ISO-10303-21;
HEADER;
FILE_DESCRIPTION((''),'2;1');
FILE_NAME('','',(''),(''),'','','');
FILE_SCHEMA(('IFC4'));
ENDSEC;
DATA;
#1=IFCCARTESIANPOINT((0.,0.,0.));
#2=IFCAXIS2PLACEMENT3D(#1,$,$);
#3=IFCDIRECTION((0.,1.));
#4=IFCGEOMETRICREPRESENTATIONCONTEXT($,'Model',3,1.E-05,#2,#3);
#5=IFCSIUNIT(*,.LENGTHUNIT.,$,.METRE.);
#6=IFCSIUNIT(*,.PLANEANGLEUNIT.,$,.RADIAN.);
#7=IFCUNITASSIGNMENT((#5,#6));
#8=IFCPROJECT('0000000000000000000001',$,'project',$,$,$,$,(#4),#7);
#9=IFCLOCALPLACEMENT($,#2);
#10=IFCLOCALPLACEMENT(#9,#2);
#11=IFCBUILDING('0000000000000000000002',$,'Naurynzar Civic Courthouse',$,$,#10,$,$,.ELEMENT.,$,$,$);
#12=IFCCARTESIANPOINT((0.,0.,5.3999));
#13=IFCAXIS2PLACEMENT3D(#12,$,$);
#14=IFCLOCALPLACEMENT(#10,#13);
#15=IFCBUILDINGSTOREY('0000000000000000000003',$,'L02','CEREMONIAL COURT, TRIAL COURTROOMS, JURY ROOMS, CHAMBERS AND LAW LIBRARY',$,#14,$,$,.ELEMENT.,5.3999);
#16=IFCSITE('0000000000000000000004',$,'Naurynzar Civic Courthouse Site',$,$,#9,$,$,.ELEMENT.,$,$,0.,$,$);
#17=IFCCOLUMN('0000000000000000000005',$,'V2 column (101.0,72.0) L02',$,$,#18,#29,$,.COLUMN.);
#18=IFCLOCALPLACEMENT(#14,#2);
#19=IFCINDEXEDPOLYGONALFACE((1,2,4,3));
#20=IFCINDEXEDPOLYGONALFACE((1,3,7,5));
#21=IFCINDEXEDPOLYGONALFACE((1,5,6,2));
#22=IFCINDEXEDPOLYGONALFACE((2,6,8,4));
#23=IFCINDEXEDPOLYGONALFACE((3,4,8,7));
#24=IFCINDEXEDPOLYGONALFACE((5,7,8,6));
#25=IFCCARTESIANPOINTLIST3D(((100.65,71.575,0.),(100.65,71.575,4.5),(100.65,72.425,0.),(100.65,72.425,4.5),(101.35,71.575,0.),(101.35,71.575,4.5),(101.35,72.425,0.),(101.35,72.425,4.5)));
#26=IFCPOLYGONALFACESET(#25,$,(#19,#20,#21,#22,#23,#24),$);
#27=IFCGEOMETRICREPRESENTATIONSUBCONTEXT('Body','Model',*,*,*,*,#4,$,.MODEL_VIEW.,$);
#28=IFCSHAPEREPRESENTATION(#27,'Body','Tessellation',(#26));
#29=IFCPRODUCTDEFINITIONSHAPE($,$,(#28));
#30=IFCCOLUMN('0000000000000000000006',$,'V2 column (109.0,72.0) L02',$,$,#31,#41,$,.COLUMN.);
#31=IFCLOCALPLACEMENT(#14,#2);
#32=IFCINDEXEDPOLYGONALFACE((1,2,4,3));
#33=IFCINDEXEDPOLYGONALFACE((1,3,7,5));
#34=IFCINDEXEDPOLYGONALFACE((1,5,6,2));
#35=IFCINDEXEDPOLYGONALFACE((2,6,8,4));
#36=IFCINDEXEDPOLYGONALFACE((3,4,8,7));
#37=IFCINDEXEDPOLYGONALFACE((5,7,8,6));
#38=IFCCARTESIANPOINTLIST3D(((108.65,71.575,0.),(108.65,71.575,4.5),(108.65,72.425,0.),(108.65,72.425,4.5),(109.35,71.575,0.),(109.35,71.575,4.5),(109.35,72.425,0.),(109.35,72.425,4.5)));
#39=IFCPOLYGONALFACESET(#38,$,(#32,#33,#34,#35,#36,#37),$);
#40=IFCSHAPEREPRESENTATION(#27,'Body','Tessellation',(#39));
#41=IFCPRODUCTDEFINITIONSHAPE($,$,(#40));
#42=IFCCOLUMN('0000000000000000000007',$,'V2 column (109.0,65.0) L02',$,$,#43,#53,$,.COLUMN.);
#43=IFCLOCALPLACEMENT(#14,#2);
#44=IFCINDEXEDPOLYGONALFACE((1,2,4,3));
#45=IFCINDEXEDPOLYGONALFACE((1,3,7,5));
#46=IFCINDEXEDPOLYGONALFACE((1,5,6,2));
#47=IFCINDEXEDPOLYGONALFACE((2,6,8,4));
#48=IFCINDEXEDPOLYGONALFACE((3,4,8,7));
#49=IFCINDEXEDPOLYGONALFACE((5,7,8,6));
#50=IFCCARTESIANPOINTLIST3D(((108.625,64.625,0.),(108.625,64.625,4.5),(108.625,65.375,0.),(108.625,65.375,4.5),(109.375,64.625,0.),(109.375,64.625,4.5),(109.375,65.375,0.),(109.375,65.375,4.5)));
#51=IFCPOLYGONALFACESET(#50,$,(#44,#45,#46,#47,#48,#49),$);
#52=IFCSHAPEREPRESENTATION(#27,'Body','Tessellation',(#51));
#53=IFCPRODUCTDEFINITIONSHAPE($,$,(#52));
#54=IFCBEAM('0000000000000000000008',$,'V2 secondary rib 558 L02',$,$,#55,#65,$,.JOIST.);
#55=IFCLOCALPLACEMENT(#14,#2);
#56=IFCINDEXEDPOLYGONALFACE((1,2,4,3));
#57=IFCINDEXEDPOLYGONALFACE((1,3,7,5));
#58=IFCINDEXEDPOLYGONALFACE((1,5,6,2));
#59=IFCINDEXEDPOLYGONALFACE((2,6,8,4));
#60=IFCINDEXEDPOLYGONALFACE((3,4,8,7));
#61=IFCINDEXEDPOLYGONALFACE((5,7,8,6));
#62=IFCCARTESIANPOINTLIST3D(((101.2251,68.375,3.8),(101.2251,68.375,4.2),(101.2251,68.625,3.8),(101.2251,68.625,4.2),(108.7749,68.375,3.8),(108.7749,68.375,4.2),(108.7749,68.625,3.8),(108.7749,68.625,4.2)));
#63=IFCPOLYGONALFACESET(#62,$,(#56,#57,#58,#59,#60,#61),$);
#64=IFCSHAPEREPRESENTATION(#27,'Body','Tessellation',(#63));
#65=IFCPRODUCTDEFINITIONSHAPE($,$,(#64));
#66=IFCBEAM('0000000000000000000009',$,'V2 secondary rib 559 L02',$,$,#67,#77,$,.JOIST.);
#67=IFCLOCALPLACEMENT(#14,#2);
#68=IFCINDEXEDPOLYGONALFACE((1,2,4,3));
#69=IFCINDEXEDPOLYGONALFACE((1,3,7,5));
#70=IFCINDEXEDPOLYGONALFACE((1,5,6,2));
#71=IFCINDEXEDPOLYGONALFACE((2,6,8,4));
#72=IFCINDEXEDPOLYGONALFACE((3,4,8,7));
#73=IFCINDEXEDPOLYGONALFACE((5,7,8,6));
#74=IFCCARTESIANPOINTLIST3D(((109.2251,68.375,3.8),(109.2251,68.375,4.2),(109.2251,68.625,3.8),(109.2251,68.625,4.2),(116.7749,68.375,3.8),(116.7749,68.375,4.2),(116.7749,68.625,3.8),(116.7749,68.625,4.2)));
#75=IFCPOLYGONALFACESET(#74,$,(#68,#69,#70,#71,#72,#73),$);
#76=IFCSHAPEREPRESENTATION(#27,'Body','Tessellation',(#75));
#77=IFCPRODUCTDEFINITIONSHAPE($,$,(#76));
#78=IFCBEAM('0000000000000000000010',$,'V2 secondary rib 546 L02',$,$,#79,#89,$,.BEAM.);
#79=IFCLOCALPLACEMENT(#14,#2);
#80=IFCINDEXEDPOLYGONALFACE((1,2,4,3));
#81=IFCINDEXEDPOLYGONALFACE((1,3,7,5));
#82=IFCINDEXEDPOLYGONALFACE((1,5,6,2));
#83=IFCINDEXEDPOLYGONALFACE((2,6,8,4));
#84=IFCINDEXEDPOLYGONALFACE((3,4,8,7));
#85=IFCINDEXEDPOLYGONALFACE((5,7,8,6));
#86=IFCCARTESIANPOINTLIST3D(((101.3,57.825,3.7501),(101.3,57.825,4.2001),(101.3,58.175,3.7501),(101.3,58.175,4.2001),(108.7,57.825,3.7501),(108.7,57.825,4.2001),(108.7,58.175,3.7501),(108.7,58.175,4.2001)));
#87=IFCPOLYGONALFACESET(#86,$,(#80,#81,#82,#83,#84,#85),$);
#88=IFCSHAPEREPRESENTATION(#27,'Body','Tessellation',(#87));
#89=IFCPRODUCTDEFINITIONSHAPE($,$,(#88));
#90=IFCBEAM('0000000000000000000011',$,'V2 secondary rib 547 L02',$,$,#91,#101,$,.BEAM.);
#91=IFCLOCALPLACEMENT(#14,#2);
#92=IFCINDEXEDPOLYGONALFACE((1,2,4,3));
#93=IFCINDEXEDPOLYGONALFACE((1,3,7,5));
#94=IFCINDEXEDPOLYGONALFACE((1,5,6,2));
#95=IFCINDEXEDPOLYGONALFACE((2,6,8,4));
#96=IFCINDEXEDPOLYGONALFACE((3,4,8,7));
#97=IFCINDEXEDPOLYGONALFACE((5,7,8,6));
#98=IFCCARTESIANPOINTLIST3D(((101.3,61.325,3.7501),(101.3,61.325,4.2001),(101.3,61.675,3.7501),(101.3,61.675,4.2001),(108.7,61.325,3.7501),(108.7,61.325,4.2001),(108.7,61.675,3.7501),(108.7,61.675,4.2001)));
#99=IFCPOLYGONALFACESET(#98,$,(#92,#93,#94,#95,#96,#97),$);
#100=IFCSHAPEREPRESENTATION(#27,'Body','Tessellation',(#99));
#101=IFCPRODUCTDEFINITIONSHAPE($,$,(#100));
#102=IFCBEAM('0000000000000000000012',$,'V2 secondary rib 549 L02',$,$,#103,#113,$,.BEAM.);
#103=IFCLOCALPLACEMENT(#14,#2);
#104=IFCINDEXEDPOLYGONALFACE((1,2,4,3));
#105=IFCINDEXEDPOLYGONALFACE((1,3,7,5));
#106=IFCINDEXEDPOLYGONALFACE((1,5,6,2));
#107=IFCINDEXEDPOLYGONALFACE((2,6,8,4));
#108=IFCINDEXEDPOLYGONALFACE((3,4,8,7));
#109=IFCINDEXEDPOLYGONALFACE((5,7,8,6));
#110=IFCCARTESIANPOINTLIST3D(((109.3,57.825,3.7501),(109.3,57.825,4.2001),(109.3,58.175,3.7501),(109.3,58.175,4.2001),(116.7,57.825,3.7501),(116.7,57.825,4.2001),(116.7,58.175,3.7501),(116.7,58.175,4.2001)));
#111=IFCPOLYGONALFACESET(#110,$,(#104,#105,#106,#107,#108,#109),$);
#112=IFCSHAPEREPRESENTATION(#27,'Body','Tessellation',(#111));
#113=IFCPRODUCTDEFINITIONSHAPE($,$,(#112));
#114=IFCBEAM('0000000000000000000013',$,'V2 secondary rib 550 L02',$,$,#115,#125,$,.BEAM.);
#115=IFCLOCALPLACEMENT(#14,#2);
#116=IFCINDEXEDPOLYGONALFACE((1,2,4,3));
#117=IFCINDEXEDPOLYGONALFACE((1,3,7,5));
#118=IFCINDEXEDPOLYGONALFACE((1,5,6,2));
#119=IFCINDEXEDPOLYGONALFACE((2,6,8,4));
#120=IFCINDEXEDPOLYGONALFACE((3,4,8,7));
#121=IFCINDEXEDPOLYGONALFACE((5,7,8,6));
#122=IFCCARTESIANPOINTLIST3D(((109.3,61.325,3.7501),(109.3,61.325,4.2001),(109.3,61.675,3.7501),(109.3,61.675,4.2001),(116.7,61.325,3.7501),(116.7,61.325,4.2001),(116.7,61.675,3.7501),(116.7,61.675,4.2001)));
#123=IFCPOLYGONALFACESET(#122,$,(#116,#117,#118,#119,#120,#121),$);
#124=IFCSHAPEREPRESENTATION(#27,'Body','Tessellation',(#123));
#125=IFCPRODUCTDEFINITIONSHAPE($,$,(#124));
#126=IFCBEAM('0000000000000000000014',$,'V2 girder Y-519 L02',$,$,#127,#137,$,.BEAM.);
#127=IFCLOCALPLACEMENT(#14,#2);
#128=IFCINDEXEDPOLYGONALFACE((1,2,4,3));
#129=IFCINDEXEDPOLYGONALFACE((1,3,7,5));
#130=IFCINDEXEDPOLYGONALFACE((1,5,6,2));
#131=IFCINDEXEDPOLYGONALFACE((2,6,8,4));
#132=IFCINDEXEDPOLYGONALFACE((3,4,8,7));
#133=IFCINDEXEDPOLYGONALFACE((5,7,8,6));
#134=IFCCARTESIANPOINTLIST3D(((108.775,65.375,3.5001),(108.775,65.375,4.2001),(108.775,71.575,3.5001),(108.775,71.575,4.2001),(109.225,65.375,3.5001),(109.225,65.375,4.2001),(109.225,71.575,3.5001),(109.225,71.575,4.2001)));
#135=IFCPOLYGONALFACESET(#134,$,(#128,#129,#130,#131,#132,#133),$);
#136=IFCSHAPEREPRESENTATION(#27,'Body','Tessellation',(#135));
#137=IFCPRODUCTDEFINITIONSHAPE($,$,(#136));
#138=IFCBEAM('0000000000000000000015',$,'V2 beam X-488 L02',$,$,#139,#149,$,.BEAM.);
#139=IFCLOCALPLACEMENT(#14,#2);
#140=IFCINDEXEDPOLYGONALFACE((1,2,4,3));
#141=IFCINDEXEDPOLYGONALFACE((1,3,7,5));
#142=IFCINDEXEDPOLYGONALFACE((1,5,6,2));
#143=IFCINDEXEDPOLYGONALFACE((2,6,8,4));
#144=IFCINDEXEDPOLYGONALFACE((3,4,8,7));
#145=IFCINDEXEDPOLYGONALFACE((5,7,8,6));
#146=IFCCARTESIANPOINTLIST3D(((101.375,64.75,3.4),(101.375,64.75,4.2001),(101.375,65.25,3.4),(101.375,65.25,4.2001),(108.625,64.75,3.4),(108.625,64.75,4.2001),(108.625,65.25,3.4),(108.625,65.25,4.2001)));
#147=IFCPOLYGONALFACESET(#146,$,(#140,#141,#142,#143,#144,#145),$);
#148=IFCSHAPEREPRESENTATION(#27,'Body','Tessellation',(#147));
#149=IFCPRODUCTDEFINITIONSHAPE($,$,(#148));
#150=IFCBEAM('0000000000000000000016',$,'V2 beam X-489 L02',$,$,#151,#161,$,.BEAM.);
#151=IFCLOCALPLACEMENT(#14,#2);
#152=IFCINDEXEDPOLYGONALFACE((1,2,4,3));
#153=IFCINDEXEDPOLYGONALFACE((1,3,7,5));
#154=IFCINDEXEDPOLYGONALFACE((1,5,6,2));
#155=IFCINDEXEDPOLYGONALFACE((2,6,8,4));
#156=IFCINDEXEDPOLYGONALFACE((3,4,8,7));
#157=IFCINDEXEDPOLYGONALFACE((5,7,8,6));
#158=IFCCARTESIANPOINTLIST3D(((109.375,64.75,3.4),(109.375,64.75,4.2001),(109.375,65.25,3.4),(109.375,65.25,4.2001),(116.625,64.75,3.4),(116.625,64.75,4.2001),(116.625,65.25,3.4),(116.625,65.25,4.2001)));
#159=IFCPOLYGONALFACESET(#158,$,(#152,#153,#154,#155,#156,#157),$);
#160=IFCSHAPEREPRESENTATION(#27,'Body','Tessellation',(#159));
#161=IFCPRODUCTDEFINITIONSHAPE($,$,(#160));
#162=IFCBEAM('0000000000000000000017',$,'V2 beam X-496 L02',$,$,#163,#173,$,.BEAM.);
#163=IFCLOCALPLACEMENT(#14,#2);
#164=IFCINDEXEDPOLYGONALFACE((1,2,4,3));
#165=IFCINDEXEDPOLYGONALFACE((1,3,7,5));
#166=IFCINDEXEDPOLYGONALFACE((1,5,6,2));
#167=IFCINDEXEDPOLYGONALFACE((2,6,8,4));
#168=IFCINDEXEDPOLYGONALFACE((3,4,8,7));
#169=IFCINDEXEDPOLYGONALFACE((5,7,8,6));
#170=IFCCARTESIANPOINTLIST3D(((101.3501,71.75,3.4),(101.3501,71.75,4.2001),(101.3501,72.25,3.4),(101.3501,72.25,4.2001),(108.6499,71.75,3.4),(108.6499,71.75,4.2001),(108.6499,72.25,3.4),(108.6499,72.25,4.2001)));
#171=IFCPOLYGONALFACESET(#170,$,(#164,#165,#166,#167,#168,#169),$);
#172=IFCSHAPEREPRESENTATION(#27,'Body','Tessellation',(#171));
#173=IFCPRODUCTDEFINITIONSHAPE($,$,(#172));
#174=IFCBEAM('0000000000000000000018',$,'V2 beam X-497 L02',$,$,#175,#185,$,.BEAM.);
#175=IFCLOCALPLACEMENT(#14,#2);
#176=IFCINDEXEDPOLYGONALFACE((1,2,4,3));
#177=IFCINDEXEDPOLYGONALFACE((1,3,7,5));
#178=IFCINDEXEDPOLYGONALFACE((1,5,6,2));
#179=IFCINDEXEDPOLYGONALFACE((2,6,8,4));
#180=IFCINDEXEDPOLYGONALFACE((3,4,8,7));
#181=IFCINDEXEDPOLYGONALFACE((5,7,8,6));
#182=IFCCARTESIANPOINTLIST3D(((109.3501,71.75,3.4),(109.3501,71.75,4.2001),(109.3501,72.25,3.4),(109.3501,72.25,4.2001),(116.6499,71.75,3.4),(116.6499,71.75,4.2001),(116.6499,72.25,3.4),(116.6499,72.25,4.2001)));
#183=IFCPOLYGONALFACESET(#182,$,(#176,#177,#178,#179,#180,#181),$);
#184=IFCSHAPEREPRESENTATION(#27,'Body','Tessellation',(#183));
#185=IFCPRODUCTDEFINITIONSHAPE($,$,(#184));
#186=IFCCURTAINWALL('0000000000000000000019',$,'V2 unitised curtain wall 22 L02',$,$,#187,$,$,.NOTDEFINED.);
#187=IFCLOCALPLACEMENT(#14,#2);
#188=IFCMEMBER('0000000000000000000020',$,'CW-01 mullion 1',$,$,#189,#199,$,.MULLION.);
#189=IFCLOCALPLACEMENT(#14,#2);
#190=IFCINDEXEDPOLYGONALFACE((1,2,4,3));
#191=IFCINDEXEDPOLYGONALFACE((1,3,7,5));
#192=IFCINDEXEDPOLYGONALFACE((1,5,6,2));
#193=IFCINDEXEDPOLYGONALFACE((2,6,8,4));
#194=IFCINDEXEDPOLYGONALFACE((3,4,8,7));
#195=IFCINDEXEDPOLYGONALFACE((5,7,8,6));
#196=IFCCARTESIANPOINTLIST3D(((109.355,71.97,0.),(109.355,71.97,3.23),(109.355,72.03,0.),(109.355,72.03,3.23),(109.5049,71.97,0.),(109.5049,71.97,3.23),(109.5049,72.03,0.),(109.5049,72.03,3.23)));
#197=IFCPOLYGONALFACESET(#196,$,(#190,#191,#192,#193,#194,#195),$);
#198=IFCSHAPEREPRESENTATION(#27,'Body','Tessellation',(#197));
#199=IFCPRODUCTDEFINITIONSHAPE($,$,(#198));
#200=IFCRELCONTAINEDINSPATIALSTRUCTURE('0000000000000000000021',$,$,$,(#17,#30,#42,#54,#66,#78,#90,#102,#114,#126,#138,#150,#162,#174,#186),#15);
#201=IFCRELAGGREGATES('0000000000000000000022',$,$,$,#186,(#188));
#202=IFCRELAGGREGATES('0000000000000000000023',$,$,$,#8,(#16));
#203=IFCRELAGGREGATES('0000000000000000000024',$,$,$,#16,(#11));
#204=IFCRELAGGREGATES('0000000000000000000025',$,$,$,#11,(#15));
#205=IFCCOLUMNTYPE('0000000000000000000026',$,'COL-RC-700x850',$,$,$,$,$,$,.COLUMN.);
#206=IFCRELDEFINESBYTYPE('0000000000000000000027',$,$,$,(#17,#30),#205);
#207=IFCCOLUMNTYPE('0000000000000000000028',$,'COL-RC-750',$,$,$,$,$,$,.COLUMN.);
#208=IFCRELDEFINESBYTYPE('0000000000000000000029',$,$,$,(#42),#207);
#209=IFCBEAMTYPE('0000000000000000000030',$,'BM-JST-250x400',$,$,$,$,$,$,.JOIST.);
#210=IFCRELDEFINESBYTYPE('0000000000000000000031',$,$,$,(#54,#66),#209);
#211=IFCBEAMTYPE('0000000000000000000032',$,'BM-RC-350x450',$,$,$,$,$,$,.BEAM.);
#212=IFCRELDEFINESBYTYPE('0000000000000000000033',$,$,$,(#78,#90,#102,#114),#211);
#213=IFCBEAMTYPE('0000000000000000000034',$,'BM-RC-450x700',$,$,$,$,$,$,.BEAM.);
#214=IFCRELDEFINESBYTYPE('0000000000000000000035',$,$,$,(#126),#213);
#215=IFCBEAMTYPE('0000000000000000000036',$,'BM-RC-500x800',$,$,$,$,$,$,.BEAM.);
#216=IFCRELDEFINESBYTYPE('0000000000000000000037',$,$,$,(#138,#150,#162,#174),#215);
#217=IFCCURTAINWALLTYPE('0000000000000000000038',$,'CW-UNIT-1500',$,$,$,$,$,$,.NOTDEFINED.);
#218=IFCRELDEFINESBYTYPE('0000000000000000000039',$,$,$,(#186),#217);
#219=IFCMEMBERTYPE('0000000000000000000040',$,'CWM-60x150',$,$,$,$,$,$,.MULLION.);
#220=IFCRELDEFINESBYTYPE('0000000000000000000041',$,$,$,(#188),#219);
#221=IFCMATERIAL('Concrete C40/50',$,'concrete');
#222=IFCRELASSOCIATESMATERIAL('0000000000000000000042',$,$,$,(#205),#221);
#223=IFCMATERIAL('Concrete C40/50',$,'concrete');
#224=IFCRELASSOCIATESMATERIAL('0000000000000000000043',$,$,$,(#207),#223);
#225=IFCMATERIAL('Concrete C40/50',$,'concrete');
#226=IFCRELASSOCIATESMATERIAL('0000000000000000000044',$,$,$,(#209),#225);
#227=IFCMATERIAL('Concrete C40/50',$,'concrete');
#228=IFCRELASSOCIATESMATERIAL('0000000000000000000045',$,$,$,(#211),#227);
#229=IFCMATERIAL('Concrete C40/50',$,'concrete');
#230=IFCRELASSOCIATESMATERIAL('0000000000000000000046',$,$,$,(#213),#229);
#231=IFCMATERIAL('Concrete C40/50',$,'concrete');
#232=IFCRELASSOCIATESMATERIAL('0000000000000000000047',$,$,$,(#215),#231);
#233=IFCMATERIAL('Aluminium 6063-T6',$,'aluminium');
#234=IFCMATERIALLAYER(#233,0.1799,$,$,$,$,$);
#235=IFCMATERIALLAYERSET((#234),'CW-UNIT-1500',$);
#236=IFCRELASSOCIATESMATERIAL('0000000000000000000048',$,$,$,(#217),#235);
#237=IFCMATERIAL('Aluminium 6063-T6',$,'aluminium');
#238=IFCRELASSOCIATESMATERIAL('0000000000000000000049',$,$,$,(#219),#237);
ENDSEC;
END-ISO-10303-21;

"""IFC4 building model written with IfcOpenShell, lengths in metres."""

from ifc_helpers import new_model, si_unit, direction, frame, origin, origin_2d, place, context, subcontext, project, spatial, rectangle, extrude, material, layer, layer_set, material_profile, profile_set, type_object, element, aggregate, save


model = new_model("IFC4")

# Units and contexts
model_context = context("Model", 3, precision=1e-05, world=origin(), true_north=direction((0.0, 1.0)))
body_context = subcontext(model_context, "Body", "Model", "MODEL_VIEW")
ifc_project = project(units=[si_unit("LENGTHUNIT", "METRE"), si_unit("PLANEANGLEUNIT", "RADIAN")], contexts=[model_context])

# Site, building, storey
site_placement = place(None, origin())
site = spatial("IfcSite", under=ifc_project, at=site_placement, Name="Naurynzar Civic Courthouse Site", CompositionType="ELEMENT", RefElevation=0.0)
building_placement = place(site_placement, origin())
building = spatial("IfcBuilding", under=site, at=building_placement, Name="Naurynzar Civic Courthouse", CompositionType="ELEMENT")
storey_placement = place(building_placement, frame((0.0, 0.0, 5.3999)))
storey = spatial("IfcBuildingStorey", under=building, at=storey_placement, Name="L02", Description="CEREMONIAL COURT, TRIAL COURTROOMS, JURY ROOMS, CHAMBERS AND LAW LIBRARY", CompositionType="ELEMENT", Elevation=5.3999)

# Columns
ifc_material_1 = material(Name="Concrete C40/50", Category="concrete")
ifc_material_profile_1 = material_profile(ifc_material_1, rectangle(XDim=0.7, YDim=0.8501, at=origin_2d()), Name="RC 700x850")
ifc_profile_set_1 = profile_set([ifc_material_profile_1], Name="Concrete C40/50")
column_type_1 = type_object("IfcColumnType", Name="COL-RC-700x850", PredefinedType="COLUMN", material=ifc_profile_set_1)
for number, where, z_axis, x_axis, name in (
    (1, (101.0, 72.0, 0.0), (0.0, 0.0, 1.0), (1.0, 0.0, 0.0), "V2 column (101.0,72.0) L02"),
    (2, (109.0, 72.0, 0.0), (0.0, 0.0, 1.0), (1.0, 0.0, 0.0), "V2 column (109.0,72.0) L02"),
):
    element("IfcColumn", number, at=place(storey_placement, frame(where, z_axis=z_axis, x_axis=x_axis)), inside=storey, type_object=column_type_1, Name=name, PredefinedType="COLUMN", context=body_context, shape_type="SweptSolid", body=[
        extrude(rectangle(XDim=0.7, YDim=0.8501, at=origin_2d()), origin(), (0.0, 0.0, 1.0), 4.5),
    ])
ifc_material_2 = material(Name="Concrete C40/50", Category="concrete")
ifc_material_profile_2 = material_profile(ifc_material_2, rectangle(XDim=0.75, YDim=0.75, at=origin_2d()), Name="RC 750x750")
ifc_profile_set_2 = profile_set([ifc_material_profile_2], Name="Concrete C40/50")
column_type_2 = type_object("IfcColumnType", Name="COL-RC-750", PredefinedType="COLUMN", material=ifc_profile_set_2)
column_placement = place(storey_placement, frame((109.0, 65.0, 0.0), z_axis=(0.0, 0.0, 1.0), x_axis=(1.0, 0.0, 0.0)))
element("IfcColumn", 3, at=column_placement, inside=storey, type_object=column_type_2, Name="V2 column (109.0,65.0) L02", PredefinedType="COLUMN", context=body_context, shape_type="SweptSolid", body=[
    extrude(rectangle(XDim=0.75, YDim=0.75, at=origin_2d()), origin(), (0.0, 0.0, 1.0), 4.5),
])

# Beams
ifc_material_3 = material(Name="Concrete C40/50", Category="concrete")
ifc_material_profile_3 = material_profile(ifc_material_3, rectangle(XDim=0.25, YDim=0.3999, at=origin_2d()), Name="RCB 250x400")
ifc_profile_set_3 = profile_set([ifc_material_profile_3], Name="Concrete C40/50")
beam_type_1 = type_object("IfcBeamType", Name="BM-JST-250x400", PredefinedType="JOIST", material=ifc_profile_set_3)
for number, where, z_axis, x_axis, name in (
    (4, (101.2251, 68.5, 4.0), (1.0, 0.0, 0.0), (0.0, 1.0, 0.0), "V2 secondary rib 558 L02"),
    (5, (109.2251, 68.5, 4.0), (1.0, 0.0, 0.0), (0.0, 1.0, 0.0), "V2 secondary rib 559 L02"),
):
    element("IfcBeam", number, at=place(storey_placement, frame(where, z_axis=z_axis, x_axis=x_axis)), inside=storey, type_object=beam_type_1, Name=name, PredefinedType="JOIST", context=body_context, shape_type="SweptSolid", body=[
        extrude(rectangle(XDim=0.25, YDim=0.3999, at=origin_2d()), origin(), (0.0, 0.0, 1.0), 7.5498),
    ])
ifc_material_4 = material(Name="Concrete C40/50", Category="concrete")
ifc_material_profile_4 = material_profile(ifc_material_4, rectangle(XDim=0.3501, YDim=0.45, at=origin_2d()), Name="RCB 350x450")
ifc_profile_set_4 = profile_set([ifc_material_profile_4], Name="Concrete C40/50")
beam_type_2 = type_object("IfcBeamType", Name="BM-RC-350x450", PredefinedType="BEAM", material=ifc_profile_set_4)
for number, where, z_axis, x_axis, name in (
    (6, (101.3, 58.0, 3.9751), (1.0, 0.0, 0.0), (0.0, 1.0, 0.0), "V2 secondary rib 546 L02"),
    (7, (101.3, 61.5, 3.9751), (1.0, 0.0, 0.0), (0.0, 1.0, 0.0), "V2 secondary rib 547 L02"),
    (8, (109.3, 58.0, 3.9751), (1.0, 0.0, 0.0), (0.0, 1.0, 0.0), "V2 secondary rib 549 L02"),
    (9, (109.3, 61.5, 3.9751), (1.0, 0.0, 0.0), (0.0, 1.0, 0.0), "V2 secondary rib 550 L02"),
):
    element("IfcBeam", number, at=place(storey_placement, frame(where, z_axis=z_axis, x_axis=x_axis)), inside=storey, type_object=beam_type_2, Name=name, PredefinedType="BEAM", context=body_context, shape_type="SweptSolid", body=[
        extrude(rectangle(XDim=0.3501, YDim=0.45, at=origin_2d()), origin(), (0.0, 0.0, 1.0), 7.3999),
    ])
ifc_material_5 = material(Name="Concrete C40/50", Category="concrete")
ifc_material_profile_5 = material_profile(ifc_material_5, rectangle(XDim=0.45, YDim=0.7, at=origin_2d()), Name="RCB 450x700")
ifc_profile_set_5 = profile_set([ifc_material_profile_5], Name="Concrete C40/50")
beam_type_3 = type_object("IfcBeamType", Name="BM-RC-450x700", PredefinedType="BEAM", material=ifc_profile_set_5)
beam_placement = place(storey_placement, frame((109.0, 65.375, 3.8501), z_axis=(0.0, 1.0, 0.0), x_axis=(-1.0, 0.0, 0.0)))
element("IfcBeam", 10, at=beam_placement, inside=storey, type_object=beam_type_3, Name="V2 girder Y-519 L02", PredefinedType="BEAM", context=body_context, shape_type="SweptSolid", body=[
    extrude(rectangle(XDim=0.45, YDim=0.7, at=origin_2d()), origin(), (0.0, 0.0, 1.0), 6.2),
])
ifc_material_6 = material(Name="Concrete C40/50", Category="concrete")
ifc_material_profile_6 = material_profile(ifc_material_6, rectangle(XDim=0.5, YDim=0.8, at=origin_2d()), Name="RCB 500x800")
ifc_profile_set_6 = profile_set([ifc_material_profile_6], Name="Concrete C40/50")
beam_type_4 = type_object("IfcBeamType", Name="BM-RC-500x800", PredefinedType="BEAM", material=ifc_profile_set_6)
for number, where, z_axis, x_axis, name in (
    (11, (101.375, 65.0, 3.8), (1.0, 0.0, 0.0), (0.0, 1.0, 0.0), "V2 beam X-488 L02"),
    (12, (109.375, 65.0, 3.8), (1.0, 0.0, 0.0), (0.0, 1.0, 0.0), "V2 beam X-489 L02"),
):
    element("IfcBeam", number, at=place(storey_placement, frame(where, z_axis=z_axis, x_axis=x_axis)), inside=storey, type_object=beam_type_4, Name=name, PredefinedType="BEAM", context=body_context, shape_type="SweptSolid", body=[
        extrude(rectangle(XDim=0.5, YDim=0.8, at=origin_2d()), origin(), (0.0, 0.0, 1.0), 7.25),
    ])
for number, where, z_axis, x_axis, name in (
    (13, (101.3501, 72.0, 3.8), (1.0, 0.0, 0.0), (0.0, 1.0, 0.0), "V2 beam X-496 L02"),
    (14, (109.3501, 72.0, 3.8), (1.0, 0.0, 0.0), (0.0, 1.0, 0.0), "V2 beam X-497 L02"),
):
    element("IfcBeam", number, at=place(storey_placement, frame(where, z_axis=z_axis, x_axis=x_axis)), inside=storey, type_object=beam_type_4, Name=name, PredefinedType="BEAM", context=body_context, shape_type="SweptSolid", body=[
        extrude(rectangle(XDim=0.5, YDim=0.8, at=origin_2d()), origin(), (0.0, 0.0, 1.0), 7.2998),
    ])

# Curtain wall, member
ifc_material_7 = material(Name="Aluminium 6063-T6", Category="aluminium")
ifc_layer_1 = layer(ifc_material_7, 0.1799)
ifc_layer_set_1 = layer_set([ifc_layer_1], Name="CW-UNIT-1500")
curtain_wall_type = type_object("IfcCurtainWallType", Name="CW-UNIT-1500", PredefinedType="NOTDEFINED", material=ifc_layer_set_1)
curtain_wall_placement = place(storey_placement, origin())
curtain_wall = element("IfcCurtainWall", 15, at=curtain_wall_placement, inside=storey, type_object=curtain_wall_type, Name="V2 unitised curtain wall 22 L02", PredefinedType="NOTDEFINED")
ifc_material_8 = material(Name="Aluminium 6063-T6", Category="aluminium")
ifc_material_profile_7 = material_profile(ifc_material_8, rectangle(XDim=0.0601, YDim=0.1499, at=origin_2d()), Name="ALU MULLION 60x150")
ifc_profile_set_7 = profile_set([ifc_material_profile_7], Name="Aluminium 6063-T6")
member_type_1 = type_object("IfcMemberType", Name="CWM-60x150", PredefinedType="MULLION", material=ifc_profile_set_7)
member_1_placement = place(storey_placement, frame((109.4299, 72.0, 0.0), z_axis=(0.0, 0.0, 1.0), x_axis=(0.0, 1.0, 0.0)))
member_1 = element("IfcMember", 16, at=member_1_placement, type_object=member_type_1, Name="CW-01 mullion 1", PredefinedType="MULLION", context=body_context, shape_type="SweptSolid", body=[
    extrude(rectangle(XDim=0.0601, YDim=0.1499, at=origin_2d()), origin(), (0.0, 0.0, 1.0), 3.23),
])
aggregate(curtain_wall, [member_1])

save(model, "model.ifc")
